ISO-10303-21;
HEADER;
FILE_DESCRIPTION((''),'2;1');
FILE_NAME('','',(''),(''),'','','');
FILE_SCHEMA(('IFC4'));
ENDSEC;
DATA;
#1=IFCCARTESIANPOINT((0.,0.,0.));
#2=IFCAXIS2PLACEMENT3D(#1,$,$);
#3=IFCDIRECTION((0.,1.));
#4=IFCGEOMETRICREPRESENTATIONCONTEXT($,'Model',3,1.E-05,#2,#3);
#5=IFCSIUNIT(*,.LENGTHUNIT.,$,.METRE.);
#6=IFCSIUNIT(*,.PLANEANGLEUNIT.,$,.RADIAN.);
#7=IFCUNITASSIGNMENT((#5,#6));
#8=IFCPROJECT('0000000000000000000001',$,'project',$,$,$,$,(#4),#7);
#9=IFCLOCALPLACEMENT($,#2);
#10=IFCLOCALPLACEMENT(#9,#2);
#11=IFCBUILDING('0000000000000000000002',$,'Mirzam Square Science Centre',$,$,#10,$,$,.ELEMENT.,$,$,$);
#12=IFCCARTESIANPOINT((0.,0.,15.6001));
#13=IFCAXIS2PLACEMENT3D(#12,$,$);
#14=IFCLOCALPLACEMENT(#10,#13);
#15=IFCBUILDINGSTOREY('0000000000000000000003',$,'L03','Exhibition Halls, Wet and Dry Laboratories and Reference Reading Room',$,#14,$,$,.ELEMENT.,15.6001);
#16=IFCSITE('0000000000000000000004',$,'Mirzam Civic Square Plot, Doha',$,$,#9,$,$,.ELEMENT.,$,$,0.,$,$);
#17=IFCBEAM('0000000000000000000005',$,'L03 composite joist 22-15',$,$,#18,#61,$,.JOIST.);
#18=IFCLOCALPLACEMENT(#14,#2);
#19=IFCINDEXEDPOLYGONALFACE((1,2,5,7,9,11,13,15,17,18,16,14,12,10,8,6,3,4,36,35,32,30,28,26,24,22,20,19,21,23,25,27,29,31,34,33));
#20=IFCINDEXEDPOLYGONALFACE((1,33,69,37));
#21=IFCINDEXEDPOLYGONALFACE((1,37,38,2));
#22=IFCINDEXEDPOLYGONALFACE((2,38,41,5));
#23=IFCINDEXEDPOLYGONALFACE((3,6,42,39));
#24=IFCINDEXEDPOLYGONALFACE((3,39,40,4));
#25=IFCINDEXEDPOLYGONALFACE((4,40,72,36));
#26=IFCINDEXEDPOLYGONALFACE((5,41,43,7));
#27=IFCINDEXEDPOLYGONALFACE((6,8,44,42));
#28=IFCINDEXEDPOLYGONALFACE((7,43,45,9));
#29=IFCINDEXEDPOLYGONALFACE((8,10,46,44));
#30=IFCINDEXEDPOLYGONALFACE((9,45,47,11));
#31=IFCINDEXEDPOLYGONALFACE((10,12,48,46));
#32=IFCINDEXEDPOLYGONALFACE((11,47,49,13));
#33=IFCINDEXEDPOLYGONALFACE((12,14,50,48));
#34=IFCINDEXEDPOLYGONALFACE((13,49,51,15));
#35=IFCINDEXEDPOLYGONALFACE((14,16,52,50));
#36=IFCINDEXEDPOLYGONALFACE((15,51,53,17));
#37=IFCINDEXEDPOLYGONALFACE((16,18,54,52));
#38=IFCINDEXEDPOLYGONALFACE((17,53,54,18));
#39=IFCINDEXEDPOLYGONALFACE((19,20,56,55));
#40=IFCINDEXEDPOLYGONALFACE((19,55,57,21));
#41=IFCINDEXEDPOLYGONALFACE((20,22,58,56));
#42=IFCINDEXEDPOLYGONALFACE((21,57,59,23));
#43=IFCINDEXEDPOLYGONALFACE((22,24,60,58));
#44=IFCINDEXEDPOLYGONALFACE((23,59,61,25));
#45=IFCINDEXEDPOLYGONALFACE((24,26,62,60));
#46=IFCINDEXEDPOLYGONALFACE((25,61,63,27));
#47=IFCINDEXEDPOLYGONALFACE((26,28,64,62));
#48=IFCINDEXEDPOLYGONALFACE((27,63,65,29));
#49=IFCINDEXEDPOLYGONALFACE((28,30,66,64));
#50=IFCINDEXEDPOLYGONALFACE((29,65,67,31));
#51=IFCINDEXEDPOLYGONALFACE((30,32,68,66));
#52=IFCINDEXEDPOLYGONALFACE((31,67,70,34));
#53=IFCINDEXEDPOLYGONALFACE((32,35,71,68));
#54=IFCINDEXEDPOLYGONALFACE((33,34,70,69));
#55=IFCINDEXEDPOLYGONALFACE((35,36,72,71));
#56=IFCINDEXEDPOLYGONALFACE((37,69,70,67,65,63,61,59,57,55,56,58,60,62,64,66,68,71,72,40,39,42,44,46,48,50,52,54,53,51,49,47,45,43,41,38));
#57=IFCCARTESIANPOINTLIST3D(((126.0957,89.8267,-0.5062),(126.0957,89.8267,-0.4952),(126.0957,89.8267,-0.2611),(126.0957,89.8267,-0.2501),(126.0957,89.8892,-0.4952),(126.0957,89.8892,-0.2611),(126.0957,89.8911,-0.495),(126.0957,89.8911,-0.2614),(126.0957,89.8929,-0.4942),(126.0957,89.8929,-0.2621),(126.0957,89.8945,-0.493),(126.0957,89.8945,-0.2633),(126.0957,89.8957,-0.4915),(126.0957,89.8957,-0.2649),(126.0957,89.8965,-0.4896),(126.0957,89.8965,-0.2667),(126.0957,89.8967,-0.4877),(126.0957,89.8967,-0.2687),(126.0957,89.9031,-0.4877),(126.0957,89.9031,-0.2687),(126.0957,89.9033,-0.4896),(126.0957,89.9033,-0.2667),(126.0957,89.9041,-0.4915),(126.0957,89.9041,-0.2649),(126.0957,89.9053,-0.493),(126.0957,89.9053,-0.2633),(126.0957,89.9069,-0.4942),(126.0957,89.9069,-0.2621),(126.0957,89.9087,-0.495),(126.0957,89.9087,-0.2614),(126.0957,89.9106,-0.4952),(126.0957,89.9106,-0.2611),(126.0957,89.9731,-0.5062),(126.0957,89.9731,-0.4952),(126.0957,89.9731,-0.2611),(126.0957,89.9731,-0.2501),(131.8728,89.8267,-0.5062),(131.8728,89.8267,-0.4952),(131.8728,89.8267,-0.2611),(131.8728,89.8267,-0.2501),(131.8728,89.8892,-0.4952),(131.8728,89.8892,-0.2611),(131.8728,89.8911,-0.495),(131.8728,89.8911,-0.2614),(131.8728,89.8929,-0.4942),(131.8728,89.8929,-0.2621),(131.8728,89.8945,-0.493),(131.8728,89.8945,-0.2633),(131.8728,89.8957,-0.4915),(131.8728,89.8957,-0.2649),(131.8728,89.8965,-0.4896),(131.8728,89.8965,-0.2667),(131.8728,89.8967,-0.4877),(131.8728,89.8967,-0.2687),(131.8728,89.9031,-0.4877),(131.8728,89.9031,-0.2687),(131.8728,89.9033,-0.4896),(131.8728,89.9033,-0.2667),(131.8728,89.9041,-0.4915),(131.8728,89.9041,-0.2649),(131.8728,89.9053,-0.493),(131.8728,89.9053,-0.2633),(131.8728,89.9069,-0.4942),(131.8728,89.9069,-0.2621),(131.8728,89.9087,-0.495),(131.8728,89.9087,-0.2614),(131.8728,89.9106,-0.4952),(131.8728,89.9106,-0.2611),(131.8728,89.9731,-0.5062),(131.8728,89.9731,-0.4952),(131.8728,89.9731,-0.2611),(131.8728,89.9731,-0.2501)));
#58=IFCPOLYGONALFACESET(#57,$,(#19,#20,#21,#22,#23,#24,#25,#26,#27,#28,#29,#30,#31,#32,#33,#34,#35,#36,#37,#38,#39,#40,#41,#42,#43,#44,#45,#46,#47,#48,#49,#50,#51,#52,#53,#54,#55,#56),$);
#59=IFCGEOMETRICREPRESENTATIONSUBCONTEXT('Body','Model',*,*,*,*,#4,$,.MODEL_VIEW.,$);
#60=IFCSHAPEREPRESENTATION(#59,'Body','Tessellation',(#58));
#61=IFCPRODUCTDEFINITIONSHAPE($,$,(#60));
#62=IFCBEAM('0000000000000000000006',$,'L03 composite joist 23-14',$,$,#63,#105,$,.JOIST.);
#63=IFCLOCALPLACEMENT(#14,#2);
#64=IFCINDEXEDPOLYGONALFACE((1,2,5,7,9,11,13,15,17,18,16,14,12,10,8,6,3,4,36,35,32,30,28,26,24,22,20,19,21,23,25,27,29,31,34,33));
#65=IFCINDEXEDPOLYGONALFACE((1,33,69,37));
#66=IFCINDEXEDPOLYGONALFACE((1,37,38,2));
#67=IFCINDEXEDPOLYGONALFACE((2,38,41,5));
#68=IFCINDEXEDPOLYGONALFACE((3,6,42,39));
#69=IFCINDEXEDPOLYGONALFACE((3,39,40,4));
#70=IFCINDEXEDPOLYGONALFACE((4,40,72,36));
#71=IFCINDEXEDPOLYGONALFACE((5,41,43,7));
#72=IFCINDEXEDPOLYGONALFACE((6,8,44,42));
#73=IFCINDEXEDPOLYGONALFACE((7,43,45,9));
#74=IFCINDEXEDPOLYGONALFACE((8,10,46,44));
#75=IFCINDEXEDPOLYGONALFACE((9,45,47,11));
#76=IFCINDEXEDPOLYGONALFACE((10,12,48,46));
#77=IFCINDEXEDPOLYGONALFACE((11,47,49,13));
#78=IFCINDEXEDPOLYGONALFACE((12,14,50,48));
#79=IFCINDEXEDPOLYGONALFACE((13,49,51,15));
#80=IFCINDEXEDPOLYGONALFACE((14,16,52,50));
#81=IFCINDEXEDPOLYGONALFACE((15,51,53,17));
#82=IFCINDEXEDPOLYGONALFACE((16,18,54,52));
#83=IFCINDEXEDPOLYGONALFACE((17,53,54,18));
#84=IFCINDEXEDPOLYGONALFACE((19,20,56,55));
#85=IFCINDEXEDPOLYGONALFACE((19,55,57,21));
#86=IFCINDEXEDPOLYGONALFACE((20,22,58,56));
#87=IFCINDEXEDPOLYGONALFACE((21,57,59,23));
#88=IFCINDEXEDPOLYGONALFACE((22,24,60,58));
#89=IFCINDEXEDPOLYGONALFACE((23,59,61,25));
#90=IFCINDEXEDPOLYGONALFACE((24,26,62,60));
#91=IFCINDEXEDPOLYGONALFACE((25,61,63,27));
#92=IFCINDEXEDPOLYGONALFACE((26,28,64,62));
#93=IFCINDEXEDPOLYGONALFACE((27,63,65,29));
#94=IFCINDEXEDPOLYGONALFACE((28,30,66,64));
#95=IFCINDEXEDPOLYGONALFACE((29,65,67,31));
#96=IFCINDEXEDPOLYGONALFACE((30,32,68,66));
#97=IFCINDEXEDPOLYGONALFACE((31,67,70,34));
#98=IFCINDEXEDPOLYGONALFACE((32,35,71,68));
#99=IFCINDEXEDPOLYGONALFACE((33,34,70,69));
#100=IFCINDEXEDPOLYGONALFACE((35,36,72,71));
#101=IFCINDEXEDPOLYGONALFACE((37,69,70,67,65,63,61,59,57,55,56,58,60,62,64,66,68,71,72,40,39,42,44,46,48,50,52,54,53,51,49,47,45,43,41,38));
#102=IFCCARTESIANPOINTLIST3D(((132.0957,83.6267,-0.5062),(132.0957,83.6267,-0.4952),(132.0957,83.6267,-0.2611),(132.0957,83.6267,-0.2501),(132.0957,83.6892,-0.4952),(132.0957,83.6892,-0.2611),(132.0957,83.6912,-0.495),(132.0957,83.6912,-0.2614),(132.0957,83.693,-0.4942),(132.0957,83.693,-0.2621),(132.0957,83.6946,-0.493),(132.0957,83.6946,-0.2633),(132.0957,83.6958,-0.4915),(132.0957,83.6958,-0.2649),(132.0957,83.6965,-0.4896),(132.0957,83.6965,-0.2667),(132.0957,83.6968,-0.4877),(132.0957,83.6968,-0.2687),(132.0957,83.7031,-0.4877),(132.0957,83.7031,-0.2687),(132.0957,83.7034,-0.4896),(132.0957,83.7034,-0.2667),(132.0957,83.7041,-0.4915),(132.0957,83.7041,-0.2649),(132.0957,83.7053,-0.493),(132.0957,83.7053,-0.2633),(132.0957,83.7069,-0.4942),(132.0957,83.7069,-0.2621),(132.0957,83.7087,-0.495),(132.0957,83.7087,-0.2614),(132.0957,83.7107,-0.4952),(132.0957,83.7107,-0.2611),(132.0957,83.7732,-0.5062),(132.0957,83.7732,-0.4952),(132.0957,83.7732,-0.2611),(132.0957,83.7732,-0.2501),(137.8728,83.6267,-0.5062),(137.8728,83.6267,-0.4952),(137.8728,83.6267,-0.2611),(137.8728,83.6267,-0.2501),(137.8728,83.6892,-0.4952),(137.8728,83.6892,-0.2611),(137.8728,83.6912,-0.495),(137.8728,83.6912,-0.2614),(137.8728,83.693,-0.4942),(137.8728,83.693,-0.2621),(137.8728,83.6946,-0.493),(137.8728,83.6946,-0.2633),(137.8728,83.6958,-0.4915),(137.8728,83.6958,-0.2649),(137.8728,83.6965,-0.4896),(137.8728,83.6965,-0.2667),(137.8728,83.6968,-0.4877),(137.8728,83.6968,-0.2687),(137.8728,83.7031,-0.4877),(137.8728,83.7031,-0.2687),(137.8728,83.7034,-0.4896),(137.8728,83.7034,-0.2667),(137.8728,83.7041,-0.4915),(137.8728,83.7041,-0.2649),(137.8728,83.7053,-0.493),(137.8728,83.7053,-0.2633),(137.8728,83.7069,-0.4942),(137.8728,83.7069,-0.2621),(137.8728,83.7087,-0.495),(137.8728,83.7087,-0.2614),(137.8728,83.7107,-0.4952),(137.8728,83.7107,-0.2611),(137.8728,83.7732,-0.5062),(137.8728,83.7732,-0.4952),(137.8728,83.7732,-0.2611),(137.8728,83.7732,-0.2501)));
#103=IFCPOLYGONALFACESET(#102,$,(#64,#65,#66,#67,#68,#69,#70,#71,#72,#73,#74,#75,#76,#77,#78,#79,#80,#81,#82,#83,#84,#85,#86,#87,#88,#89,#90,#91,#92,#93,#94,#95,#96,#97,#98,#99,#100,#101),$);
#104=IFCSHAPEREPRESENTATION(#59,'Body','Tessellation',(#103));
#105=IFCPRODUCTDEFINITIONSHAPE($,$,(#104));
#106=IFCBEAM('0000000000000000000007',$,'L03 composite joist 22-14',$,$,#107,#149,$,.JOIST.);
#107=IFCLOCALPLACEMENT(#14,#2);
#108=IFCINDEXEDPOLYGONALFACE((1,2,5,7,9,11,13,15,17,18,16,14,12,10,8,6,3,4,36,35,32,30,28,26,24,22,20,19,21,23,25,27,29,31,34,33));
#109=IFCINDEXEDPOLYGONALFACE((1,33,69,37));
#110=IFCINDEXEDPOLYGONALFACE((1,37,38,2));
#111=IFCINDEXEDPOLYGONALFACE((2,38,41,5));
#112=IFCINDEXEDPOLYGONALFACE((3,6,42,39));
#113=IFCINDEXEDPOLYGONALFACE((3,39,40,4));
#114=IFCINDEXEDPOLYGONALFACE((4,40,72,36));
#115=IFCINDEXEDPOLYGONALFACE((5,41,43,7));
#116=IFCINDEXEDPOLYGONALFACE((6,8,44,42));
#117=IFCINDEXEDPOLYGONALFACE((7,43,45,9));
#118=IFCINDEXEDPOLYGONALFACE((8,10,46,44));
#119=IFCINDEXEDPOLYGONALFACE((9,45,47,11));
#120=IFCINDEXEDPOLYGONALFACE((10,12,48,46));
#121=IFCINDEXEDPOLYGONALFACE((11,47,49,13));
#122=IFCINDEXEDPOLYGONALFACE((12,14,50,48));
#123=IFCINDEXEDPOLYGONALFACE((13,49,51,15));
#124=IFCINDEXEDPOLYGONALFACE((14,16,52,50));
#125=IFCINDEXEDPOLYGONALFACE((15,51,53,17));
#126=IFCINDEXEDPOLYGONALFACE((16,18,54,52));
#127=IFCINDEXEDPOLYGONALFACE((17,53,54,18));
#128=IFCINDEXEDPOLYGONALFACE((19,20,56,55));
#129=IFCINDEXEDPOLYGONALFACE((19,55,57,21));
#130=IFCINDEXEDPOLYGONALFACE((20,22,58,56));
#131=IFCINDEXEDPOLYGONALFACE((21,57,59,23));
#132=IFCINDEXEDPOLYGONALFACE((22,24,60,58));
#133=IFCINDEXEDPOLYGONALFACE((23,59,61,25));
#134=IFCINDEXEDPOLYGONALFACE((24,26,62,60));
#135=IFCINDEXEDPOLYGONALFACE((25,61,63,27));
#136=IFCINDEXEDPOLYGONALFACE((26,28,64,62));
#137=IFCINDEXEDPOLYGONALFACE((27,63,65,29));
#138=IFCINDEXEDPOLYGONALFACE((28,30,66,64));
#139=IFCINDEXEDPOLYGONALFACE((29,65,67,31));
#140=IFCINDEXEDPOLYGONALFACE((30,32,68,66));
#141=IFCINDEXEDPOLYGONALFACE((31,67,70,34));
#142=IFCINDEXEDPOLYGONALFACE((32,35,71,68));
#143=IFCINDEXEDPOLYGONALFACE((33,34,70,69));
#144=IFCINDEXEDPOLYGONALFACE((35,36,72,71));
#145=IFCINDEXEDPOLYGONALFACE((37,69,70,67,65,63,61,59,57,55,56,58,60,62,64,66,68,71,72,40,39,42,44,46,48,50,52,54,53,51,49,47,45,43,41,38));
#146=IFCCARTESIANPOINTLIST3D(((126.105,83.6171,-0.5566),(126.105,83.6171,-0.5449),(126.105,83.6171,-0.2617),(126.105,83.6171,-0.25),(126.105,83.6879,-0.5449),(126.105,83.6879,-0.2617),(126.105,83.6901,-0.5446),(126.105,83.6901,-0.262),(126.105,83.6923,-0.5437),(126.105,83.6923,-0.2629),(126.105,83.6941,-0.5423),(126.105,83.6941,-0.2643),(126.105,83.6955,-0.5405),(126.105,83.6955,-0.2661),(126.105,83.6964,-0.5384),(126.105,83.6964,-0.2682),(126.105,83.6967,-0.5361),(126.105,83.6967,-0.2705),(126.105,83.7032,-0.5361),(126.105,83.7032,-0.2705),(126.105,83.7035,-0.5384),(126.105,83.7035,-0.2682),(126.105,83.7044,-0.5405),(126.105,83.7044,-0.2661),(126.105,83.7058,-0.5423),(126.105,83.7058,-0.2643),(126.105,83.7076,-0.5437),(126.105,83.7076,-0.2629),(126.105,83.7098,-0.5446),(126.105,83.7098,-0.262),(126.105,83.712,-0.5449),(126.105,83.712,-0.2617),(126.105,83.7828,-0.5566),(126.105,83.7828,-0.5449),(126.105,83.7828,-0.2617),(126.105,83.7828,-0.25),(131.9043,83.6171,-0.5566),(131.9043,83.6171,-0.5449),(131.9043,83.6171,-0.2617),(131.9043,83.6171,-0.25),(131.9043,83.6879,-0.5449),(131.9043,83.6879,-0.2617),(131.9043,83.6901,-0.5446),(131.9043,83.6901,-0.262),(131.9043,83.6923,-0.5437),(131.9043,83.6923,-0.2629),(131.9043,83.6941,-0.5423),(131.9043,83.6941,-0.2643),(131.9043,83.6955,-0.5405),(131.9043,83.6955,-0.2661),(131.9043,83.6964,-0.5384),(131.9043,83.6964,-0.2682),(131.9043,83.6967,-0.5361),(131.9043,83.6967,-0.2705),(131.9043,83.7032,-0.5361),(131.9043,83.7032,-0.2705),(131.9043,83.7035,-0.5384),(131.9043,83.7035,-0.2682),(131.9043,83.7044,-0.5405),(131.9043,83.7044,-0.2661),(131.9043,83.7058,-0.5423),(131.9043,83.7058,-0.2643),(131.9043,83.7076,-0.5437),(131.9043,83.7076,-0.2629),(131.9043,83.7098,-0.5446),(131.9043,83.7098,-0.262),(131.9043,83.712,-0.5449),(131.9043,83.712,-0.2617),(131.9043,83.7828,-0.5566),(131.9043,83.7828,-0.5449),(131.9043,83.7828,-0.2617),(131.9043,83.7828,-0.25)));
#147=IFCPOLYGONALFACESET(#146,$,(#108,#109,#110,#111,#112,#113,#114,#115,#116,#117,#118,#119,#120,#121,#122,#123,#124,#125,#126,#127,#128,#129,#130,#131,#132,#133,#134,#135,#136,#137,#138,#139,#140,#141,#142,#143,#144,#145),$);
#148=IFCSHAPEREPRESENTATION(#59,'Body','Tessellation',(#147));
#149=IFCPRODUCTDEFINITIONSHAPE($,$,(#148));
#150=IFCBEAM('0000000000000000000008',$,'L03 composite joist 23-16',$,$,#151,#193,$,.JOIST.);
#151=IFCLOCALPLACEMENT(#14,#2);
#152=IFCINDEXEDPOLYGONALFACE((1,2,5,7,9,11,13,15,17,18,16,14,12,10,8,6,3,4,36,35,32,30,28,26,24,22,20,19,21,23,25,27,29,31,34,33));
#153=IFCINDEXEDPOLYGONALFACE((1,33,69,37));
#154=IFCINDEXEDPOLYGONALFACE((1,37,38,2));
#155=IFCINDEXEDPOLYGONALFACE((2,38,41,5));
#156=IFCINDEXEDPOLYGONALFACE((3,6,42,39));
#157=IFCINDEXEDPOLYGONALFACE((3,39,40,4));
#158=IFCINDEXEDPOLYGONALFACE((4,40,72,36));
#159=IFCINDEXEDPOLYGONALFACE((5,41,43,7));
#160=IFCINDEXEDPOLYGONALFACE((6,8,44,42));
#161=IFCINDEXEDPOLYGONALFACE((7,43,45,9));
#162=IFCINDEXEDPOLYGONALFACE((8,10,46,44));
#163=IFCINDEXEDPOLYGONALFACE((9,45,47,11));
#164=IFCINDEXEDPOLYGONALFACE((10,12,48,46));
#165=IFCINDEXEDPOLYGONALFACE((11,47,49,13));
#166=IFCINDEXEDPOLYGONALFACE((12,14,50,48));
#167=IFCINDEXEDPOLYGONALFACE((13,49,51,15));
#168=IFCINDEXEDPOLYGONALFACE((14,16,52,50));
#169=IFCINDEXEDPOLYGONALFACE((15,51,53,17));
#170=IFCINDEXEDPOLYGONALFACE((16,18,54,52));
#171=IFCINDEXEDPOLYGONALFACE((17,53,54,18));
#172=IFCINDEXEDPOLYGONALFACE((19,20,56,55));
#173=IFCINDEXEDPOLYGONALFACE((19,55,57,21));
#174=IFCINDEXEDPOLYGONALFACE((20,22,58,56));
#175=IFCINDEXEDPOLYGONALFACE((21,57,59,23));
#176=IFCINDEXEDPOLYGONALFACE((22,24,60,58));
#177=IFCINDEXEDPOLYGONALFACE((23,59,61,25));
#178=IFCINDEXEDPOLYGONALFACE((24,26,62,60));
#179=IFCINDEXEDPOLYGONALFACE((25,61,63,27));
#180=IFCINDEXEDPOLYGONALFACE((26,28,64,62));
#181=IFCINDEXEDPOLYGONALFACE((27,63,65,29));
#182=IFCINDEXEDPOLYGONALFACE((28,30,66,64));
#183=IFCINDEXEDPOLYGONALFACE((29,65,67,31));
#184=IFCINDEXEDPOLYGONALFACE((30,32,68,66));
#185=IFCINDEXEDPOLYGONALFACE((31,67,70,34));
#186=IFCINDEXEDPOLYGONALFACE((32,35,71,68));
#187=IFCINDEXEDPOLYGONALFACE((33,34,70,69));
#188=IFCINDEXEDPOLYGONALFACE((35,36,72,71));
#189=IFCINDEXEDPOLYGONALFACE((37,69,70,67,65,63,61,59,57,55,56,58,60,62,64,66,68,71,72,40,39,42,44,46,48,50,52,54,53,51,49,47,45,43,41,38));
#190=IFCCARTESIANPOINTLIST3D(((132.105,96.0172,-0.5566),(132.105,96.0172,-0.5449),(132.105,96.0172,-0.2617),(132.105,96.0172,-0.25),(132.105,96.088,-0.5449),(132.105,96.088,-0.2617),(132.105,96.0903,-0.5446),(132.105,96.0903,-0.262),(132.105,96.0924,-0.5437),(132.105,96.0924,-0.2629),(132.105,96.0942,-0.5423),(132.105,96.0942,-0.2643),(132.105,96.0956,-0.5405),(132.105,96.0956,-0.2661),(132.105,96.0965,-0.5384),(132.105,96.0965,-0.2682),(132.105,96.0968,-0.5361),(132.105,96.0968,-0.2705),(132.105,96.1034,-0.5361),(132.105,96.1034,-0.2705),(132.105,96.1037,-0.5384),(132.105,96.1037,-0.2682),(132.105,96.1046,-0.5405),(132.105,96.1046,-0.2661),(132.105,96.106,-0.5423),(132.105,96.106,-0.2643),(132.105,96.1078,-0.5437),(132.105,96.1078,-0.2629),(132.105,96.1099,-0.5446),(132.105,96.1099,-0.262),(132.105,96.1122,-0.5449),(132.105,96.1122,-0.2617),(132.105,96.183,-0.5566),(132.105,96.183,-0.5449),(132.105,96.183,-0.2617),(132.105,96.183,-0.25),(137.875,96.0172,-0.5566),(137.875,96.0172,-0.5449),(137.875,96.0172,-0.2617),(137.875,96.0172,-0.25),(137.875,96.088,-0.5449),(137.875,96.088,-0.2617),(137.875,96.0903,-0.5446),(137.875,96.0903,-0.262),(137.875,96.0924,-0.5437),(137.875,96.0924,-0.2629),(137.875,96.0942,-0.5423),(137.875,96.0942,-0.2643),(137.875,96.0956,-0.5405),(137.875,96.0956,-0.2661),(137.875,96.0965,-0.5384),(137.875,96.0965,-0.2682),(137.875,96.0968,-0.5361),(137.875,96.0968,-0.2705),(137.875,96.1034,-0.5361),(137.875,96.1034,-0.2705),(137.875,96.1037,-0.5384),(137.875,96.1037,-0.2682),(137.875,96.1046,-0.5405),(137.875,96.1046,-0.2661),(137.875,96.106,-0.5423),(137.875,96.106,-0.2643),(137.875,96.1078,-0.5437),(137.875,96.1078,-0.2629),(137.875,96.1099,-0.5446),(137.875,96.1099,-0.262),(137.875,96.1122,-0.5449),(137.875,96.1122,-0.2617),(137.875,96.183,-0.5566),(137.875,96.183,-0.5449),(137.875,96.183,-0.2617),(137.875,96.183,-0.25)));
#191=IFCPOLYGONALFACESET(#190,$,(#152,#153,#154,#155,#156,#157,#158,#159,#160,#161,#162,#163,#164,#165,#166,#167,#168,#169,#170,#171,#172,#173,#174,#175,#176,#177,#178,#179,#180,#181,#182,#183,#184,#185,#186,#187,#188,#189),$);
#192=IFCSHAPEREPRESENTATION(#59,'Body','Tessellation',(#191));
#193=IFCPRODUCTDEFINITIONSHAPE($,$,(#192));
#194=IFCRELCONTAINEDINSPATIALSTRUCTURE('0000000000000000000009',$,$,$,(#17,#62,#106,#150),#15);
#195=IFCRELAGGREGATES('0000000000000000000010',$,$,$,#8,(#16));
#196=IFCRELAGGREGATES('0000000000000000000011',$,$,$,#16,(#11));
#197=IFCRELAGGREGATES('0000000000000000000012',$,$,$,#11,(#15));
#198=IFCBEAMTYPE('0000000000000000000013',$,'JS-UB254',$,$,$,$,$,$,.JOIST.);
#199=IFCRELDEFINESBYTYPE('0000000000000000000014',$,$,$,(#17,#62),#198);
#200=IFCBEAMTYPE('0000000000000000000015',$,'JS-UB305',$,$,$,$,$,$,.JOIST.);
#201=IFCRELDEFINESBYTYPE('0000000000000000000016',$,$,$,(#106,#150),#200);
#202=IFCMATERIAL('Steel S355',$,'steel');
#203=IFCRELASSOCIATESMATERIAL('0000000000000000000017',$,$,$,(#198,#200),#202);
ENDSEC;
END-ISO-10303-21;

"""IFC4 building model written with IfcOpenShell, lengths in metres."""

from ifc_helpers import new_model, si_unit, direction, frame, origin, origin_2d, place, context, subcontext, project, spatial, i_section, extrude, material, material_profile, profile_set, type_object, element, save


model = new_model("IFC4")

# Units and contexts
model_context = context("Model", 3, precision=1e-05, world=origin(), true_north=direction((0.0, 1.0)))
body_context = subcontext(model_context, "Body", "Model", "MODEL_VIEW")
ifc_project = project(units=[si_unit("LENGTHUNIT", "METRE"), si_unit("PLANEANGLEUNIT", "RADIAN")], contexts=[model_context])

# Site, building, storey
site_placement = place(None, origin())
site = spatial("IfcSite", under=ifc_project, at=site_placement, Name="Mirzam Civic Square Plot, Doha", CompositionType="ELEMENT", RefElevation=0.0)
building_placement = place(site_placement, origin())
building = spatial("IfcBuilding", under=site, at=building_placement, Name="Mirzam Square Science Centre", CompositionType="ELEMENT")
storey_placement = place(building_placement, frame((0.0, 0.0, 15.6001)))
storey = spatial("IfcBuildingStorey", under=building, at=storey_placement, Name="L03", Description="Exhibition Halls, Wet and Dry Laboratories and Reference Reading Room", CompositionType="ELEMENT", Elevation=15.6001)

# Shared definitions
ifc_material_1 = material(Name="Steel S355", Category="steel")

# Beams
ifc_material_profile_1 = material_profile(ifc_material_1, i_section(OverallWidth=0.1465, OverallDepth=0.2561, WebThickness=0.0063, FlangeThickness=0.011, FilletRadius=0.0076, at=origin_2d()), Name="254x146x37UB")
ifc_profile_set_1 = profile_set([ifc_material_profile_1], Name="Steel S355")
beam_type_1 = type_object("IfcBeamType", Name="JS-UB254", PredefinedType="JOIST", material=ifc_profile_set_1)
for number, where, z_axis, x_axis, name in (
    (1, (126.0957, 89.8999, -0.3782), (1.0, 0.0, 0.0), (0.0, 1.0, 0.0), "L03 composite joist 22-15"),
    (2, (132.0957, 83.7, -0.3782), (1.0, 0.0, 0.0), (0.0, 1.0, 0.0), "L03 composite joist 23-14"),
):
    element("IfcBeam", number, at=place(storey_placement, frame(where, z_axis=z_axis, x_axis=x_axis)), inside=storey, type_object=beam_type_1, Name=name, PredefinedType="JOIST", context=body_context, shape_type="SweptSolid", body=[
        extrude(i_section(OverallWidth=0.1465, OverallDepth=0.2561, WebThickness=0.0063, FlangeThickness=0.011, FilletRadius=0.0076, at=origin_2d()), origin(), (0.0, 0.0, 1.0), 5.7771),
    ])
ifc_material_profile_2 = material_profile(ifc_material_1, i_section(OverallWidth=0.1658, OverallDepth=0.3066, WebThickness=0.0066, FlangeThickness=0.0117, FilletRadius=0.0088, at=origin_2d()), Name="305x165x46UB")
ifc_profile_set_2 = profile_set([ifc_material_profile_2], Name="Steel S355")
beam_type_2 = type_object("IfcBeamType", Name="JS-UB305", PredefinedType="JOIST", material=ifc_profile_set_2)
beam_1_placement = place(storey_placement, frame((126.105, 83.7, -0.4033), z_axis=(1.0, 0.0, 0.0), x_axis=(0.0, 1.0, 0.0)))
element("IfcBeam", 3, at=beam_1_placement, inside=storey, type_object=beam_type_2, Name="L03 composite joist 22-14", PredefinedType="JOIST", context=body_context, shape_type="SweptSolid", body=[
    extrude(i_section(OverallWidth=0.1658, OverallDepth=0.3066, WebThickness=0.0066, FlangeThickness=0.0117, FilletRadius=0.0088, at=origin_2d()), origin(), (0.0, 0.0, 1.0), 5.7993),
])
beam_2_placement = place(storey_placement, frame((132.105, 96.1001, -0.4033), z_axis=(1.0, 0.0, 0.0), x_axis=(0.0, 1.0, 0.0)))
element("IfcBeam", 4, at=beam_2_placement, inside=storey, type_object=beam_type_2, Name="L03 composite joist 23-16", PredefinedType="JOIST", context=body_context, shape_type="SweptSolid", body=[
    extrude(i_section(OverallWidth=0.1658, OverallDepth=0.3066, WebThickness=0.0066, FlangeThickness=0.0117, FilletRadius=0.0088, at=origin_2d()), origin(), (0.0, 0.0, 1.0), 5.77),
])

save(model, "model.ifc")
